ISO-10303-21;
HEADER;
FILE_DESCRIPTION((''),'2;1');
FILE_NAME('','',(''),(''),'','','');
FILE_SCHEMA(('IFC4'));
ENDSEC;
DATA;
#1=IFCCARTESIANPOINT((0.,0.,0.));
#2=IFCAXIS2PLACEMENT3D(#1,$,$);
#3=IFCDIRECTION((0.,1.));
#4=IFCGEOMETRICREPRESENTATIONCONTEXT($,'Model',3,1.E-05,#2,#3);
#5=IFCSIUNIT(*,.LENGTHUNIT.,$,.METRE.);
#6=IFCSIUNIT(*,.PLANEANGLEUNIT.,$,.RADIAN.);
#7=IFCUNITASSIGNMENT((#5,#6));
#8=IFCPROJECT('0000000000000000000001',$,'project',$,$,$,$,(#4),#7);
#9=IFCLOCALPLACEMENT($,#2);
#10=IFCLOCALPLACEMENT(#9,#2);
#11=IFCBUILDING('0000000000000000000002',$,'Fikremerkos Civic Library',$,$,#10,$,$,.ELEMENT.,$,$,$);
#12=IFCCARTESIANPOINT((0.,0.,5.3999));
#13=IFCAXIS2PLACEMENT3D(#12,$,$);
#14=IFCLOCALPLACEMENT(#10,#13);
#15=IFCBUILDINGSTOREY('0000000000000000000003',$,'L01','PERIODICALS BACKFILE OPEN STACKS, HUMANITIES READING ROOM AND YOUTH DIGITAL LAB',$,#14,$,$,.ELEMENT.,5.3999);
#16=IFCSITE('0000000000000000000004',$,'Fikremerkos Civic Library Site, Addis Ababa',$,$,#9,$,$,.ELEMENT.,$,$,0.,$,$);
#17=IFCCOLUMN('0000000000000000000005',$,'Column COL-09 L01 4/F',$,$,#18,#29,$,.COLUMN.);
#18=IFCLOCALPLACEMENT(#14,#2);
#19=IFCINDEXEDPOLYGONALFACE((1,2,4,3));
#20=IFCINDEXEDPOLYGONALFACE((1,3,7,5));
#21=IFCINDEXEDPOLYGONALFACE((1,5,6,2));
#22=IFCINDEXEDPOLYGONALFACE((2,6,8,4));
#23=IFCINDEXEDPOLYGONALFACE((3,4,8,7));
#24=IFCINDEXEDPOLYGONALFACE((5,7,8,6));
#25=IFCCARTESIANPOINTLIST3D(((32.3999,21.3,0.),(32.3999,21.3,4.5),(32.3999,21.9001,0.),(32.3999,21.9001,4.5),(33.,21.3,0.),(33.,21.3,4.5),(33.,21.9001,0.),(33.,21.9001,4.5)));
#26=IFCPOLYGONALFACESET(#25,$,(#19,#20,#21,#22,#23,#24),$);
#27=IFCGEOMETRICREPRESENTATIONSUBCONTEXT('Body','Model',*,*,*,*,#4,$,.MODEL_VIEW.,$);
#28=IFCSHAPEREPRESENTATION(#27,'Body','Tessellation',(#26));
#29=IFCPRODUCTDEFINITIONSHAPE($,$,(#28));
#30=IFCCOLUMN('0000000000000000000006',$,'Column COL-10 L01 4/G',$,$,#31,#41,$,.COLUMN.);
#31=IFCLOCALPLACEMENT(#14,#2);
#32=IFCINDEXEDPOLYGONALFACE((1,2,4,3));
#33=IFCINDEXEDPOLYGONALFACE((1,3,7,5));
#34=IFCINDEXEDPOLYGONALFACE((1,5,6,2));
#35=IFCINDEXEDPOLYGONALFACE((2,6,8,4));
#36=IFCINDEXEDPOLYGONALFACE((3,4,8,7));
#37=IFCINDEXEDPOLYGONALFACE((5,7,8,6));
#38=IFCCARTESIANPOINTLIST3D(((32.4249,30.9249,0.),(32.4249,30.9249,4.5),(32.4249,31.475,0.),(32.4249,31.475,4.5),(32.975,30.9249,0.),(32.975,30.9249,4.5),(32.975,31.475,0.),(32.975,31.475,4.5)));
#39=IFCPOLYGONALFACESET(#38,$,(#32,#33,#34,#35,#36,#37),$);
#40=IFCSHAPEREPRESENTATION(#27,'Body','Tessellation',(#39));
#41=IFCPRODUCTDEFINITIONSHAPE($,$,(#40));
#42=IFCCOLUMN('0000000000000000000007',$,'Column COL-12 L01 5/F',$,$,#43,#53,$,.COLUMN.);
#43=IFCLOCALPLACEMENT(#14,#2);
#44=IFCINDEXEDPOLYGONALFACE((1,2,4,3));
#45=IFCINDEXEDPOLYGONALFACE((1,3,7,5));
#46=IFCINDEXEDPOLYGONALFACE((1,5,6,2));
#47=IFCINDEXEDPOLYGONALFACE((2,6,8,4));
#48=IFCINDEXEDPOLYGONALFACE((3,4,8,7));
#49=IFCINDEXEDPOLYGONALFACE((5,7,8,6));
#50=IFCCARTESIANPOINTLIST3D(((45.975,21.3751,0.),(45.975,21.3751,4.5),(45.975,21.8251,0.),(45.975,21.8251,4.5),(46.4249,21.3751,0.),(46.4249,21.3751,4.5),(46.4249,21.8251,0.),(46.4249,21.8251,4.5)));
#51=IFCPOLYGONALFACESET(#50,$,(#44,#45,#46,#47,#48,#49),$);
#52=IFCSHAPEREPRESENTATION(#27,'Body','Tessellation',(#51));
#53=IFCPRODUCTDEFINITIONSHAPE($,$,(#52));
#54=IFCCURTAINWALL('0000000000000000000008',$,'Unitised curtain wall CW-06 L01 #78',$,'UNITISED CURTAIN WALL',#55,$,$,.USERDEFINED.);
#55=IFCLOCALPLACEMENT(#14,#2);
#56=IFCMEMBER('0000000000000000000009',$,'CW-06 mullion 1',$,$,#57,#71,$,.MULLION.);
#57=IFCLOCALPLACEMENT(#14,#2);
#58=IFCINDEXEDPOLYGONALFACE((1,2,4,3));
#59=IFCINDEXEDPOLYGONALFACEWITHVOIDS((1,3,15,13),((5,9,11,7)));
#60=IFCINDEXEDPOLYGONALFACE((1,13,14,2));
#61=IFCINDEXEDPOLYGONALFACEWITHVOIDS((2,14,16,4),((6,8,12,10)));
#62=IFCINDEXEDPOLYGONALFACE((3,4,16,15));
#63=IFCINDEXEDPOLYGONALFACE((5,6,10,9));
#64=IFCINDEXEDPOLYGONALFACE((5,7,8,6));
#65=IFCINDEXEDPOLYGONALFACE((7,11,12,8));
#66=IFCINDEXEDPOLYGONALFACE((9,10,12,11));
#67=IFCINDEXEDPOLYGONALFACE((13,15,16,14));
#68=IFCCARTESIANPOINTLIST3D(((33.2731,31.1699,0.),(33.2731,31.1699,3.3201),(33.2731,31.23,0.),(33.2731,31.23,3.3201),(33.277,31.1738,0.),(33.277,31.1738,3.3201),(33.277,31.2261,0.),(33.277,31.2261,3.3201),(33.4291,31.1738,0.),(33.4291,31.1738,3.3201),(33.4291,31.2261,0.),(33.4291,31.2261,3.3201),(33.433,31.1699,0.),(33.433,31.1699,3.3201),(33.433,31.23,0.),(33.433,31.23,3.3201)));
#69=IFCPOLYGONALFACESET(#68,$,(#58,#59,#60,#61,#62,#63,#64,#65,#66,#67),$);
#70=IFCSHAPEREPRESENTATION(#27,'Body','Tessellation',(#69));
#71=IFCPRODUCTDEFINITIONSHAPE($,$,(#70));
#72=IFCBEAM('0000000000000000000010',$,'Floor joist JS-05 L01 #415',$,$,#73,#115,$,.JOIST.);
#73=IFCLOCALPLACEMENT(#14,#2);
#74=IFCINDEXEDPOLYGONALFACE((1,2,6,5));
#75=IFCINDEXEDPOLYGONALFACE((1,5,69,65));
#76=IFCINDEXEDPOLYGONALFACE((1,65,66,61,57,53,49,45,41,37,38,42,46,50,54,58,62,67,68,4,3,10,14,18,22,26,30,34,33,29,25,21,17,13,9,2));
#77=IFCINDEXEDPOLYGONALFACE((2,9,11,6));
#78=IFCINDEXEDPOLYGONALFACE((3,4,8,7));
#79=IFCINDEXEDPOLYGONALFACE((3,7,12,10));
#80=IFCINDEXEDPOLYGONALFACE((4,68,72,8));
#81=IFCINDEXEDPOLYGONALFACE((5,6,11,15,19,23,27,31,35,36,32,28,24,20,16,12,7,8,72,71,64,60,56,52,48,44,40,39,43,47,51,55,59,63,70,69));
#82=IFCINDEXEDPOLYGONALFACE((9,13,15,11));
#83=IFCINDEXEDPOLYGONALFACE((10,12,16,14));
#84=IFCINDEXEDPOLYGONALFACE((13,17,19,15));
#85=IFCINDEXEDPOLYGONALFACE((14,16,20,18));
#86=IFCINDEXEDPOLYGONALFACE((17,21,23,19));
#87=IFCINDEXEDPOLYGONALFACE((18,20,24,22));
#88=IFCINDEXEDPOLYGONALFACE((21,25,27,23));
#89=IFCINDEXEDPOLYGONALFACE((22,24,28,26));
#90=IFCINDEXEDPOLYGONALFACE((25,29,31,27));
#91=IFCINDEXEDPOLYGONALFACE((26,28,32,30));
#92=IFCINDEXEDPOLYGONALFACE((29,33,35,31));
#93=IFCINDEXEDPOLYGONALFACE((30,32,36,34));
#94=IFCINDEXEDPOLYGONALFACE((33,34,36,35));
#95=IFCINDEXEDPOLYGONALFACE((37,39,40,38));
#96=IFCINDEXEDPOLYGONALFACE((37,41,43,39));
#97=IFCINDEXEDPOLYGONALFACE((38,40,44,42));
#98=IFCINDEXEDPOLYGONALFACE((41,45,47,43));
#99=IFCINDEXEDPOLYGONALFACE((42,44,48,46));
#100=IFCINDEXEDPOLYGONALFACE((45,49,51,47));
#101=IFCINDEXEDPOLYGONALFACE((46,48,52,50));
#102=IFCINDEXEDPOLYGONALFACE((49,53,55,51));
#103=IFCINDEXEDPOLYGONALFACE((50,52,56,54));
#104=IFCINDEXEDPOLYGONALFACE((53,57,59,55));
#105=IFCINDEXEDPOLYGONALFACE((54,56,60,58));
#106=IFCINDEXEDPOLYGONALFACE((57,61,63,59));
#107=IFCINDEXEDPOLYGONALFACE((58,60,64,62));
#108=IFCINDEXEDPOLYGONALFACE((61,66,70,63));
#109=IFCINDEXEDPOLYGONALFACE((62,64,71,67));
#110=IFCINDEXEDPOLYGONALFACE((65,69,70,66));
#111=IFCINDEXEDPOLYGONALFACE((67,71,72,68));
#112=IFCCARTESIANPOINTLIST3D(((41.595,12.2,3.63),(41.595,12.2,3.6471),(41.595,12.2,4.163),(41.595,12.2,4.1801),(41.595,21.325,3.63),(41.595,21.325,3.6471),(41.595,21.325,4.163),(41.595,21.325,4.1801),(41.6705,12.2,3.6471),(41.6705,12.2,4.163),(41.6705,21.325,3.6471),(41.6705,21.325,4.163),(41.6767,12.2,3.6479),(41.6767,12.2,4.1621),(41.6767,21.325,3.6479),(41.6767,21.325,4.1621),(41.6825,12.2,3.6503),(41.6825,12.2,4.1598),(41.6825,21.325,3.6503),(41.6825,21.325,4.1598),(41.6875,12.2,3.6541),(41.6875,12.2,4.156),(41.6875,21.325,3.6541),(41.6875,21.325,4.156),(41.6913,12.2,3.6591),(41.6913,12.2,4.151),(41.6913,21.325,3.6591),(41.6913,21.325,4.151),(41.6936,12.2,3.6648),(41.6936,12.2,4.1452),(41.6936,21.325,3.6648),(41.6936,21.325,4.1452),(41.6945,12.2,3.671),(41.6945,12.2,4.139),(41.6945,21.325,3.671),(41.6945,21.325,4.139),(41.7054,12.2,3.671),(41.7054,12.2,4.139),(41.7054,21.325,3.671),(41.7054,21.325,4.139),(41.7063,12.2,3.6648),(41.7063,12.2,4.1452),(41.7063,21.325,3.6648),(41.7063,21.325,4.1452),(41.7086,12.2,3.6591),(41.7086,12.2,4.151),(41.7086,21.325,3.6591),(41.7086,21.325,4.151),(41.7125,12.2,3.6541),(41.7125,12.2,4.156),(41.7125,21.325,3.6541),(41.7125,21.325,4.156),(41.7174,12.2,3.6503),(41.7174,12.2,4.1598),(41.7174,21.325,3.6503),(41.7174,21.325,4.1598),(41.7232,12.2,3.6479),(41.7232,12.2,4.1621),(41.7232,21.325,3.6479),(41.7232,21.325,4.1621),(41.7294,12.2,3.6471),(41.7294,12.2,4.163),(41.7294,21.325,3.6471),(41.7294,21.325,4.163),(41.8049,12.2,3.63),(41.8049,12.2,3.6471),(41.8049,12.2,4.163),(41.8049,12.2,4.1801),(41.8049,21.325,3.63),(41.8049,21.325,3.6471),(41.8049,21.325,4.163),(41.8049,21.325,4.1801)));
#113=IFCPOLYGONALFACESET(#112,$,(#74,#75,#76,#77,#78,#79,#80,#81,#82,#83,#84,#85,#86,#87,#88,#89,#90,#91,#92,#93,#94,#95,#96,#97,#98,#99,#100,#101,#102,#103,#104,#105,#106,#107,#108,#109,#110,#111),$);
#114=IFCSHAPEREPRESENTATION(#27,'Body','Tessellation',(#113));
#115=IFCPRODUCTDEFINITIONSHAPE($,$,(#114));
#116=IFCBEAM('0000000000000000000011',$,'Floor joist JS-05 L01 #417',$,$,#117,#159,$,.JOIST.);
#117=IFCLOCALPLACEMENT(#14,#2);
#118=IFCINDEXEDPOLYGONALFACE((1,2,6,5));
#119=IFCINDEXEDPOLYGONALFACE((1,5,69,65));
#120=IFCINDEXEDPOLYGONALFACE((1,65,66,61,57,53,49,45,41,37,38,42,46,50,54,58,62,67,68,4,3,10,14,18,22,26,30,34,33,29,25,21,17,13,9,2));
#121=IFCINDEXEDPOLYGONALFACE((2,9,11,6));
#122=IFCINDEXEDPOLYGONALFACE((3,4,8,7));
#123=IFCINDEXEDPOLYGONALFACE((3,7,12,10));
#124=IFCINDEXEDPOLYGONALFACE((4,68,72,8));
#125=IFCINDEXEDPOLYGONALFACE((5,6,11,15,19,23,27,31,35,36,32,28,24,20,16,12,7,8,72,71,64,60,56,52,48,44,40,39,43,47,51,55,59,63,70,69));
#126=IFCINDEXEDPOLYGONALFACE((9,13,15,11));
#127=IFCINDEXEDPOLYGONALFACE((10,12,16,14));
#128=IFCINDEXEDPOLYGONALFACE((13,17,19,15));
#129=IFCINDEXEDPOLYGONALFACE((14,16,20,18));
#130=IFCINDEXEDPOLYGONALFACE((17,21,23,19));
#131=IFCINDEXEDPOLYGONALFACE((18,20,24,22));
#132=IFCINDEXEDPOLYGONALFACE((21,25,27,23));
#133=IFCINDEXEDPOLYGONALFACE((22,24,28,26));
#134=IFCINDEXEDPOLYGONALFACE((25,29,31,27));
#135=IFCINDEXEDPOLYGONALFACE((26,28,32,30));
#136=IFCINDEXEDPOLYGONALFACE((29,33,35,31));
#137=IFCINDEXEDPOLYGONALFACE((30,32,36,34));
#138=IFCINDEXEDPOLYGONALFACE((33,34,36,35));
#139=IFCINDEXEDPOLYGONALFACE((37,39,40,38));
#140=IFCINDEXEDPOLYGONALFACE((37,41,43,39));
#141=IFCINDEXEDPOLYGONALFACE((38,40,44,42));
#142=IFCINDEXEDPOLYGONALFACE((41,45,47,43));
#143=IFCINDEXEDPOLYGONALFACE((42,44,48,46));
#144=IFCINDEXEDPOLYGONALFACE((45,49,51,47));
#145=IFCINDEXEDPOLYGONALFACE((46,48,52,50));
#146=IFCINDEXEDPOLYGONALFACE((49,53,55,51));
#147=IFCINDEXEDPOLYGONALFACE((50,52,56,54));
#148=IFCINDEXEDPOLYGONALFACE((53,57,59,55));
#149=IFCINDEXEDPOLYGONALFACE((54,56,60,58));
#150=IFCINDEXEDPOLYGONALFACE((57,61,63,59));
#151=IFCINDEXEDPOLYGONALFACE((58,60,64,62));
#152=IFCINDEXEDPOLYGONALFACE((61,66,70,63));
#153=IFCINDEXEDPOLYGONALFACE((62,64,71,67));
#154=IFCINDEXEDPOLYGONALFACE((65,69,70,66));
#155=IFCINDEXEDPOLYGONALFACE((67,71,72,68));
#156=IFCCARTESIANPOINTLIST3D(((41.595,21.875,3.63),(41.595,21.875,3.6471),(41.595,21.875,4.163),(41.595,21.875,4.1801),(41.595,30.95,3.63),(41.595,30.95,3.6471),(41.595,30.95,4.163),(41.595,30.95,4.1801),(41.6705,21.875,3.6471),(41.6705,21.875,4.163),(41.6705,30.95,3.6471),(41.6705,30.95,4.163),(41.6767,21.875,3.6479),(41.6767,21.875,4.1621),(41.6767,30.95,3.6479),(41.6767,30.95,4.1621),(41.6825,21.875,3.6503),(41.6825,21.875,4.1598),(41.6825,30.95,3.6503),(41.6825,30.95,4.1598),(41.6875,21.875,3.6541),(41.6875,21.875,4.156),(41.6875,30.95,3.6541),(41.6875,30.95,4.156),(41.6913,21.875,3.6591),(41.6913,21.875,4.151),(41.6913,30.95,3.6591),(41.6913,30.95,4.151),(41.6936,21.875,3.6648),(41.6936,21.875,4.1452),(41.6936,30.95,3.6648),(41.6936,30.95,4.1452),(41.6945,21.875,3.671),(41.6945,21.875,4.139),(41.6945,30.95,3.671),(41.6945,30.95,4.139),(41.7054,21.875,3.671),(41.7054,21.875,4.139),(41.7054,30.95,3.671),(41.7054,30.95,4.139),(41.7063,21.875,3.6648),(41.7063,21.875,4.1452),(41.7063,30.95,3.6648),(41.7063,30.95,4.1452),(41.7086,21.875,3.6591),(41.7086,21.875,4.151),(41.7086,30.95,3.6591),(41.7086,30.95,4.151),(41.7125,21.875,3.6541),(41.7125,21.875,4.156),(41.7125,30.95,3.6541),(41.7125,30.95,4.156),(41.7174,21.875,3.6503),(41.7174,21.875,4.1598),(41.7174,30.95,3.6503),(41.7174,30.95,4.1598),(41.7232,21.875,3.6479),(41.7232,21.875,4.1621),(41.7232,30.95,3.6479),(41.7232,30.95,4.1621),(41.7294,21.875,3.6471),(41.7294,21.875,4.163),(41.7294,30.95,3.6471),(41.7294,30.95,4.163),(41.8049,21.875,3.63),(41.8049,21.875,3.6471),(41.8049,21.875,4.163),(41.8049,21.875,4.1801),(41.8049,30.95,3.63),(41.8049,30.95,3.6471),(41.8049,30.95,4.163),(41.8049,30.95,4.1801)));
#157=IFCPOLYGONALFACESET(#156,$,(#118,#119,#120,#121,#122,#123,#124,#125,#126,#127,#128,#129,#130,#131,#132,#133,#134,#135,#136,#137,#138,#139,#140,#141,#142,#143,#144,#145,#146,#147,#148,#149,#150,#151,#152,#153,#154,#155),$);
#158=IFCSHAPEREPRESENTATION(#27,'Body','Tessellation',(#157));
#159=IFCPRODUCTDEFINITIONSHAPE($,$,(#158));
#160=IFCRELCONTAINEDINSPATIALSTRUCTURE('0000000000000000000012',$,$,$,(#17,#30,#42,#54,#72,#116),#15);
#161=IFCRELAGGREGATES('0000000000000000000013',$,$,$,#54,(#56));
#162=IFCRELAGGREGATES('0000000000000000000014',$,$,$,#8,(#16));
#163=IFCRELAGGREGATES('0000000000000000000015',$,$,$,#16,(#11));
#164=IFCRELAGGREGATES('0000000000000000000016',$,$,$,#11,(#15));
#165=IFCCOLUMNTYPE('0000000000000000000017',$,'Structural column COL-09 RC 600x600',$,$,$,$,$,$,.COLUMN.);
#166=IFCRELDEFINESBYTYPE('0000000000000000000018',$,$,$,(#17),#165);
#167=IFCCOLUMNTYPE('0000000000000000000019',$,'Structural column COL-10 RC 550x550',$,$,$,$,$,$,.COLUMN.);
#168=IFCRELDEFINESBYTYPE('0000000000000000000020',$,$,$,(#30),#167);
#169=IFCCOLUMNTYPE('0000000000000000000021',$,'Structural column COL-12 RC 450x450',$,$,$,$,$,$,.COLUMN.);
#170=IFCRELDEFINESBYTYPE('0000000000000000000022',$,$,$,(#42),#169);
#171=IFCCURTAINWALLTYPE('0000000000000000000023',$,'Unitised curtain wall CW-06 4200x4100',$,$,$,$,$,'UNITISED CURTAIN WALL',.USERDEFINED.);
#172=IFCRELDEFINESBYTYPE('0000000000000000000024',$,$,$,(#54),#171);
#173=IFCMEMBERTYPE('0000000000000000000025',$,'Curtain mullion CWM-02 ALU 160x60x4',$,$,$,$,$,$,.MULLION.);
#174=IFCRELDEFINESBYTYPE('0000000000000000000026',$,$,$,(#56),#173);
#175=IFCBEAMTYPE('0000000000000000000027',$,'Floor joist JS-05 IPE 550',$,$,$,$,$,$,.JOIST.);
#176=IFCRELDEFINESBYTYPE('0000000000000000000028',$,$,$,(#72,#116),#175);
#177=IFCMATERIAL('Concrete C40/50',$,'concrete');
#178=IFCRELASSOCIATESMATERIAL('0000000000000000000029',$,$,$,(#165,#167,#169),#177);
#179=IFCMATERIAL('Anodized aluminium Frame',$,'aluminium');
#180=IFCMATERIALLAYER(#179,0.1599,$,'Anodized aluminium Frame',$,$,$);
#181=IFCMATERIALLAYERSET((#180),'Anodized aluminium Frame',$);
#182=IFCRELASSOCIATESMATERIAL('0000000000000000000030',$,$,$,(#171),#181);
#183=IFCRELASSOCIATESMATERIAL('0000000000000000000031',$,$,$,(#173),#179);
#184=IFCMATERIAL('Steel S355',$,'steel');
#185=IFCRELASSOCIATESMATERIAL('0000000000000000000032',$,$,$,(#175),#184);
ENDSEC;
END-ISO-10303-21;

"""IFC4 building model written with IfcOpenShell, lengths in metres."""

from ifc_helpers import new_model, si_unit, direction, frame, origin, origin_2d, place, context, subcontext, project, spatial, rectangle, hollow_rectangle, i_section, extrude, material, layer, layer_set, material_profile, profile_set, type_object, element, aggregate, save


model = new_model("IFC4")

# Units and contexts
model_context = context("Model", 3, precision=1e-05, world=origin(), true_north=direction((0.0, 1.0)))
body_context = subcontext(model_context, "Body", "Model", "MODEL_VIEW")
ifc_project = project(units=[si_unit("LENGTHUNIT", "METRE"), si_unit("PLANEANGLEUNIT", "RADIAN")], contexts=[model_context])

# Site, building, storey
site_placement = place(None, origin())
site = spatial("IfcSite", under=ifc_project, at=site_placement, Name="Fikremerkos Civic Library Site, Addis Ababa", CompositionType="ELEMENT", RefElevation=0.0)
building_placement = place(site_placement, origin())
building = spatial("IfcBuilding", under=site, at=building_placement, Name="Fikremerkos Civic Library", CompositionType="ELEMENT")
storey_placement = place(building_placement, frame((0.0, 0.0, 5.3999)))
storey = spatial("IfcBuildingStorey", under=building, at=storey_placement, Name="L01", Description="PERIODICALS BACKFILE OPEN STACKS, HUMANITIES READING ROOM AND YOUTH DIGITAL LAB", CompositionType="ELEMENT", Elevation=5.3999)

# Columns
ifc_material_1 = material(Name="Concrete C40/50", Category="concrete")
ifc_material_profile_1 = material_profile(ifc_material_1, rectangle(XDim=0.6001, YDim=0.6001, at=origin_2d()), Name="RC 600x600")
ifc_profile_set_1 = profile_set([ifc_material_profile_1], Name="Concrete C40/50")
column_type_1 = type_object("IfcColumnType", Name="Structural column COL-09 RC 600x600", PredefinedType="COLUMN", material=ifc_profile_set_1)
column_1_placement = place(storey_placement, frame((32.7, 21.6001, 0.0), z_axis=(0.0, 0.0, 1.0), x_axis=(1.0, 0.0, 0.0)))
element("IfcColumn", 1, at=column_1_placement, inside=storey, type_object=column_type_1, Name="Column COL-09 L01 4/F", PredefinedType="COLUMN", context=body_context, shape_type="SweptSolid", body=[
    extrude(rectangle(XDim=0.6001, YDim=0.6001, at=origin_2d()), origin(), (0.0, 0.0, 1.0), 4.5),
])
ifc_material_profile_2 = material_profile(ifc_material_1, rectangle(XDim=0.55, YDim=0.55, at=origin_2d()), Name="RC 550x550")
ifc_profile_set_2 = profile_set([ifc_material_profile_2], Name="Concrete C40/50")
column_type_2 = type_object("IfcColumnType", Name="Structural column COL-10 RC 550x550", PredefinedType="COLUMN", material=ifc_profile_set_2)
column_2_placement = place(storey_placement, frame((32.7, 31.2, 0.0), z_axis=(0.0, 0.0, 1.0), x_axis=(1.0, 0.0, 0.0)))
element("IfcColumn", 2, at=column_2_placement, inside=storey, type_object=column_type_2, Name="Column COL-10 L01 4/G", PredefinedType="COLUMN", context=body_context, shape_type="SweptSolid", body=[
    extrude(rectangle(XDim=0.55, YDim=0.55, at=origin_2d()), origin(), (0.0, 0.0, 1.0), 4.5),
])
ifc_material_profile_3 = material_profile(ifc_material_1, rectangle(XDim=0.45, YDim=0.45, at=origin_2d()), Name="RC 450x450")
ifc_profile_set_3 = profile_set([ifc_material_profile_3], Name="Concrete C40/50")
column_type_3 = type_object("IfcColumnType", Name="Structural column COL-12 RC 450x450", PredefinedType="COLUMN", material=ifc_profile_set_3)
column_3_placement = place(storey_placement, frame((46.2, 21.6001, 0.0), z_axis=(0.0, 0.0, 1.0), x_axis=(1.0, 0.0, 0.0)))
element("IfcColumn", 3, at=column_3_placement, inside=storey, type_object=column_type_3, Name="Column COL-12 L01 5/F", PredefinedType="COLUMN", context=body_context, shape_type="SweptSolid", body=[
    extrude(rectangle(XDim=0.45, YDim=0.45, at=origin_2d()), origin(), (0.0, 0.0, 1.0), 4.5),
])

# Curtain wall, member
ifc_material_2 = material(Name="Anodized aluminium Frame", Category="aluminium")
ifc_layer_1 = layer(ifc_material_2, 0.1599, Name="Anodized aluminium Frame")
ifc_layer_set_1 = layer_set([ifc_layer_1], Name="Anodized aluminium Frame")
curtain_wall_type = type_object("IfcCurtainWallType", Name="Unitised curtain wall CW-06 4200x4100", ElementType="UNITISED CURTAIN WALL", PredefinedType="USERDEFINED", material=ifc_layer_set_1)
curtain_wall_placement = place(storey_placement, origin())
curtain_wall = element("IfcCurtainWall", 4, at=curtain_wall_placement, inside=storey, type_object=curtain_wall_type, Name="Unitised curtain wall CW-06 L01 #78", ObjectType="UNITISED CURTAIN WALL", PredefinedType="USERDEFINED")
ifc_material_profile_4 = material_profile(ifc_material_2, hollow_rectangle(XDim=0.0601, YDim=0.1599, WallThickness=0.0039, at=origin_2d()), Name="ALU 160x60x4")
ifc_profile_set_4 = profile_set([ifc_material_profile_4], Name="Anodized aluminium Frame")
member_type = type_object("IfcMemberType", Name="Curtain mullion CWM-02 ALU 160x60x4", PredefinedType="MULLION", material=ifc_profile_set_4)
member_placement = place(storey_placement, frame((33.353, 31.2, 0.0), z_axis=(0.0, 0.0, 1.0), x_axis=(0.0, 1.0, 0.0)))
member = element("IfcMember", 5, at=member_placement, type_object=member_type, Name="CW-06 mullion 1", PredefinedType="MULLION", context=body_context, shape_type="SweptSolid", body=[
    extrude(hollow_rectangle(XDim=0.0601, YDim=0.1599, WallThickness=0.0039, at=origin_2d()), origin(), (0.0, 0.0, 1.0), 3.3201),
])
aggregate(curtain_wall, [member])

# Beams
ifc_material_3 = material(Name="Steel S355", Category="steel")
ifc_material_profile_5 = material_profile(ifc_material_3, i_section(OverallWidth=0.21, OverallDepth=0.55, WebThickness=0.011, FlangeThickness=0.0171, FilletRadius=0.0239, at=origin_2d()), Name="IPE 550")
ifc_profile_set_5 = profile_set([ifc_material_profile_5], Name="Steel S355")
beam_type_1 = type_object("IfcBeamType", Name="Floor joist JS-05 IPE 550", PredefinedType="JOIST", material=ifc_profile_set_5)
beam_1_placement = place(storey_placement, frame((41.7, 12.2, 3.905), z_axis=(0.0, 1.0, 0.0), x_axis=(-1.0, 0.0, 0.0)))
element("IfcBeam", 6, at=beam_1_placement, inside=storey, type_object=beam_type_1, Name="Floor joist JS-05 L01 #415", PredefinedType="JOIST", context=body_context, shape_type="SweptSolid", body=[
    extrude(i_section(OverallWidth=0.21, OverallDepth=0.55, WebThickness=0.011, FlangeThickness=0.0171, FilletRadius=0.0239, at=origin_2d()), origin(), (0.0, 0.0, 1.0), 9.125),
])
beam_2_placement = place(storey_placement, frame((41.7, 21.875, 3.905), z_axis=(0.0, 1.0, 0.0), x_axis=(-1.0, 0.0, 0.0)))
element("IfcBeam", 7, at=beam_2_placement, inside=storey, type_object=beam_type_1, Name="Floor joist JS-05 L01 #417", PredefinedType="JOIST", context=body_context, shape_type="SweptSolid", body=[
    extrude(i_section(OverallWidth=0.21, OverallDepth=0.55, WebThickness=0.011, FlangeThickness=0.0171, FilletRadius=0.0239, at=origin_2d()), origin(), (0.0, 0.0, 1.0), 9.075),
])

save(model, "model.ifc")
